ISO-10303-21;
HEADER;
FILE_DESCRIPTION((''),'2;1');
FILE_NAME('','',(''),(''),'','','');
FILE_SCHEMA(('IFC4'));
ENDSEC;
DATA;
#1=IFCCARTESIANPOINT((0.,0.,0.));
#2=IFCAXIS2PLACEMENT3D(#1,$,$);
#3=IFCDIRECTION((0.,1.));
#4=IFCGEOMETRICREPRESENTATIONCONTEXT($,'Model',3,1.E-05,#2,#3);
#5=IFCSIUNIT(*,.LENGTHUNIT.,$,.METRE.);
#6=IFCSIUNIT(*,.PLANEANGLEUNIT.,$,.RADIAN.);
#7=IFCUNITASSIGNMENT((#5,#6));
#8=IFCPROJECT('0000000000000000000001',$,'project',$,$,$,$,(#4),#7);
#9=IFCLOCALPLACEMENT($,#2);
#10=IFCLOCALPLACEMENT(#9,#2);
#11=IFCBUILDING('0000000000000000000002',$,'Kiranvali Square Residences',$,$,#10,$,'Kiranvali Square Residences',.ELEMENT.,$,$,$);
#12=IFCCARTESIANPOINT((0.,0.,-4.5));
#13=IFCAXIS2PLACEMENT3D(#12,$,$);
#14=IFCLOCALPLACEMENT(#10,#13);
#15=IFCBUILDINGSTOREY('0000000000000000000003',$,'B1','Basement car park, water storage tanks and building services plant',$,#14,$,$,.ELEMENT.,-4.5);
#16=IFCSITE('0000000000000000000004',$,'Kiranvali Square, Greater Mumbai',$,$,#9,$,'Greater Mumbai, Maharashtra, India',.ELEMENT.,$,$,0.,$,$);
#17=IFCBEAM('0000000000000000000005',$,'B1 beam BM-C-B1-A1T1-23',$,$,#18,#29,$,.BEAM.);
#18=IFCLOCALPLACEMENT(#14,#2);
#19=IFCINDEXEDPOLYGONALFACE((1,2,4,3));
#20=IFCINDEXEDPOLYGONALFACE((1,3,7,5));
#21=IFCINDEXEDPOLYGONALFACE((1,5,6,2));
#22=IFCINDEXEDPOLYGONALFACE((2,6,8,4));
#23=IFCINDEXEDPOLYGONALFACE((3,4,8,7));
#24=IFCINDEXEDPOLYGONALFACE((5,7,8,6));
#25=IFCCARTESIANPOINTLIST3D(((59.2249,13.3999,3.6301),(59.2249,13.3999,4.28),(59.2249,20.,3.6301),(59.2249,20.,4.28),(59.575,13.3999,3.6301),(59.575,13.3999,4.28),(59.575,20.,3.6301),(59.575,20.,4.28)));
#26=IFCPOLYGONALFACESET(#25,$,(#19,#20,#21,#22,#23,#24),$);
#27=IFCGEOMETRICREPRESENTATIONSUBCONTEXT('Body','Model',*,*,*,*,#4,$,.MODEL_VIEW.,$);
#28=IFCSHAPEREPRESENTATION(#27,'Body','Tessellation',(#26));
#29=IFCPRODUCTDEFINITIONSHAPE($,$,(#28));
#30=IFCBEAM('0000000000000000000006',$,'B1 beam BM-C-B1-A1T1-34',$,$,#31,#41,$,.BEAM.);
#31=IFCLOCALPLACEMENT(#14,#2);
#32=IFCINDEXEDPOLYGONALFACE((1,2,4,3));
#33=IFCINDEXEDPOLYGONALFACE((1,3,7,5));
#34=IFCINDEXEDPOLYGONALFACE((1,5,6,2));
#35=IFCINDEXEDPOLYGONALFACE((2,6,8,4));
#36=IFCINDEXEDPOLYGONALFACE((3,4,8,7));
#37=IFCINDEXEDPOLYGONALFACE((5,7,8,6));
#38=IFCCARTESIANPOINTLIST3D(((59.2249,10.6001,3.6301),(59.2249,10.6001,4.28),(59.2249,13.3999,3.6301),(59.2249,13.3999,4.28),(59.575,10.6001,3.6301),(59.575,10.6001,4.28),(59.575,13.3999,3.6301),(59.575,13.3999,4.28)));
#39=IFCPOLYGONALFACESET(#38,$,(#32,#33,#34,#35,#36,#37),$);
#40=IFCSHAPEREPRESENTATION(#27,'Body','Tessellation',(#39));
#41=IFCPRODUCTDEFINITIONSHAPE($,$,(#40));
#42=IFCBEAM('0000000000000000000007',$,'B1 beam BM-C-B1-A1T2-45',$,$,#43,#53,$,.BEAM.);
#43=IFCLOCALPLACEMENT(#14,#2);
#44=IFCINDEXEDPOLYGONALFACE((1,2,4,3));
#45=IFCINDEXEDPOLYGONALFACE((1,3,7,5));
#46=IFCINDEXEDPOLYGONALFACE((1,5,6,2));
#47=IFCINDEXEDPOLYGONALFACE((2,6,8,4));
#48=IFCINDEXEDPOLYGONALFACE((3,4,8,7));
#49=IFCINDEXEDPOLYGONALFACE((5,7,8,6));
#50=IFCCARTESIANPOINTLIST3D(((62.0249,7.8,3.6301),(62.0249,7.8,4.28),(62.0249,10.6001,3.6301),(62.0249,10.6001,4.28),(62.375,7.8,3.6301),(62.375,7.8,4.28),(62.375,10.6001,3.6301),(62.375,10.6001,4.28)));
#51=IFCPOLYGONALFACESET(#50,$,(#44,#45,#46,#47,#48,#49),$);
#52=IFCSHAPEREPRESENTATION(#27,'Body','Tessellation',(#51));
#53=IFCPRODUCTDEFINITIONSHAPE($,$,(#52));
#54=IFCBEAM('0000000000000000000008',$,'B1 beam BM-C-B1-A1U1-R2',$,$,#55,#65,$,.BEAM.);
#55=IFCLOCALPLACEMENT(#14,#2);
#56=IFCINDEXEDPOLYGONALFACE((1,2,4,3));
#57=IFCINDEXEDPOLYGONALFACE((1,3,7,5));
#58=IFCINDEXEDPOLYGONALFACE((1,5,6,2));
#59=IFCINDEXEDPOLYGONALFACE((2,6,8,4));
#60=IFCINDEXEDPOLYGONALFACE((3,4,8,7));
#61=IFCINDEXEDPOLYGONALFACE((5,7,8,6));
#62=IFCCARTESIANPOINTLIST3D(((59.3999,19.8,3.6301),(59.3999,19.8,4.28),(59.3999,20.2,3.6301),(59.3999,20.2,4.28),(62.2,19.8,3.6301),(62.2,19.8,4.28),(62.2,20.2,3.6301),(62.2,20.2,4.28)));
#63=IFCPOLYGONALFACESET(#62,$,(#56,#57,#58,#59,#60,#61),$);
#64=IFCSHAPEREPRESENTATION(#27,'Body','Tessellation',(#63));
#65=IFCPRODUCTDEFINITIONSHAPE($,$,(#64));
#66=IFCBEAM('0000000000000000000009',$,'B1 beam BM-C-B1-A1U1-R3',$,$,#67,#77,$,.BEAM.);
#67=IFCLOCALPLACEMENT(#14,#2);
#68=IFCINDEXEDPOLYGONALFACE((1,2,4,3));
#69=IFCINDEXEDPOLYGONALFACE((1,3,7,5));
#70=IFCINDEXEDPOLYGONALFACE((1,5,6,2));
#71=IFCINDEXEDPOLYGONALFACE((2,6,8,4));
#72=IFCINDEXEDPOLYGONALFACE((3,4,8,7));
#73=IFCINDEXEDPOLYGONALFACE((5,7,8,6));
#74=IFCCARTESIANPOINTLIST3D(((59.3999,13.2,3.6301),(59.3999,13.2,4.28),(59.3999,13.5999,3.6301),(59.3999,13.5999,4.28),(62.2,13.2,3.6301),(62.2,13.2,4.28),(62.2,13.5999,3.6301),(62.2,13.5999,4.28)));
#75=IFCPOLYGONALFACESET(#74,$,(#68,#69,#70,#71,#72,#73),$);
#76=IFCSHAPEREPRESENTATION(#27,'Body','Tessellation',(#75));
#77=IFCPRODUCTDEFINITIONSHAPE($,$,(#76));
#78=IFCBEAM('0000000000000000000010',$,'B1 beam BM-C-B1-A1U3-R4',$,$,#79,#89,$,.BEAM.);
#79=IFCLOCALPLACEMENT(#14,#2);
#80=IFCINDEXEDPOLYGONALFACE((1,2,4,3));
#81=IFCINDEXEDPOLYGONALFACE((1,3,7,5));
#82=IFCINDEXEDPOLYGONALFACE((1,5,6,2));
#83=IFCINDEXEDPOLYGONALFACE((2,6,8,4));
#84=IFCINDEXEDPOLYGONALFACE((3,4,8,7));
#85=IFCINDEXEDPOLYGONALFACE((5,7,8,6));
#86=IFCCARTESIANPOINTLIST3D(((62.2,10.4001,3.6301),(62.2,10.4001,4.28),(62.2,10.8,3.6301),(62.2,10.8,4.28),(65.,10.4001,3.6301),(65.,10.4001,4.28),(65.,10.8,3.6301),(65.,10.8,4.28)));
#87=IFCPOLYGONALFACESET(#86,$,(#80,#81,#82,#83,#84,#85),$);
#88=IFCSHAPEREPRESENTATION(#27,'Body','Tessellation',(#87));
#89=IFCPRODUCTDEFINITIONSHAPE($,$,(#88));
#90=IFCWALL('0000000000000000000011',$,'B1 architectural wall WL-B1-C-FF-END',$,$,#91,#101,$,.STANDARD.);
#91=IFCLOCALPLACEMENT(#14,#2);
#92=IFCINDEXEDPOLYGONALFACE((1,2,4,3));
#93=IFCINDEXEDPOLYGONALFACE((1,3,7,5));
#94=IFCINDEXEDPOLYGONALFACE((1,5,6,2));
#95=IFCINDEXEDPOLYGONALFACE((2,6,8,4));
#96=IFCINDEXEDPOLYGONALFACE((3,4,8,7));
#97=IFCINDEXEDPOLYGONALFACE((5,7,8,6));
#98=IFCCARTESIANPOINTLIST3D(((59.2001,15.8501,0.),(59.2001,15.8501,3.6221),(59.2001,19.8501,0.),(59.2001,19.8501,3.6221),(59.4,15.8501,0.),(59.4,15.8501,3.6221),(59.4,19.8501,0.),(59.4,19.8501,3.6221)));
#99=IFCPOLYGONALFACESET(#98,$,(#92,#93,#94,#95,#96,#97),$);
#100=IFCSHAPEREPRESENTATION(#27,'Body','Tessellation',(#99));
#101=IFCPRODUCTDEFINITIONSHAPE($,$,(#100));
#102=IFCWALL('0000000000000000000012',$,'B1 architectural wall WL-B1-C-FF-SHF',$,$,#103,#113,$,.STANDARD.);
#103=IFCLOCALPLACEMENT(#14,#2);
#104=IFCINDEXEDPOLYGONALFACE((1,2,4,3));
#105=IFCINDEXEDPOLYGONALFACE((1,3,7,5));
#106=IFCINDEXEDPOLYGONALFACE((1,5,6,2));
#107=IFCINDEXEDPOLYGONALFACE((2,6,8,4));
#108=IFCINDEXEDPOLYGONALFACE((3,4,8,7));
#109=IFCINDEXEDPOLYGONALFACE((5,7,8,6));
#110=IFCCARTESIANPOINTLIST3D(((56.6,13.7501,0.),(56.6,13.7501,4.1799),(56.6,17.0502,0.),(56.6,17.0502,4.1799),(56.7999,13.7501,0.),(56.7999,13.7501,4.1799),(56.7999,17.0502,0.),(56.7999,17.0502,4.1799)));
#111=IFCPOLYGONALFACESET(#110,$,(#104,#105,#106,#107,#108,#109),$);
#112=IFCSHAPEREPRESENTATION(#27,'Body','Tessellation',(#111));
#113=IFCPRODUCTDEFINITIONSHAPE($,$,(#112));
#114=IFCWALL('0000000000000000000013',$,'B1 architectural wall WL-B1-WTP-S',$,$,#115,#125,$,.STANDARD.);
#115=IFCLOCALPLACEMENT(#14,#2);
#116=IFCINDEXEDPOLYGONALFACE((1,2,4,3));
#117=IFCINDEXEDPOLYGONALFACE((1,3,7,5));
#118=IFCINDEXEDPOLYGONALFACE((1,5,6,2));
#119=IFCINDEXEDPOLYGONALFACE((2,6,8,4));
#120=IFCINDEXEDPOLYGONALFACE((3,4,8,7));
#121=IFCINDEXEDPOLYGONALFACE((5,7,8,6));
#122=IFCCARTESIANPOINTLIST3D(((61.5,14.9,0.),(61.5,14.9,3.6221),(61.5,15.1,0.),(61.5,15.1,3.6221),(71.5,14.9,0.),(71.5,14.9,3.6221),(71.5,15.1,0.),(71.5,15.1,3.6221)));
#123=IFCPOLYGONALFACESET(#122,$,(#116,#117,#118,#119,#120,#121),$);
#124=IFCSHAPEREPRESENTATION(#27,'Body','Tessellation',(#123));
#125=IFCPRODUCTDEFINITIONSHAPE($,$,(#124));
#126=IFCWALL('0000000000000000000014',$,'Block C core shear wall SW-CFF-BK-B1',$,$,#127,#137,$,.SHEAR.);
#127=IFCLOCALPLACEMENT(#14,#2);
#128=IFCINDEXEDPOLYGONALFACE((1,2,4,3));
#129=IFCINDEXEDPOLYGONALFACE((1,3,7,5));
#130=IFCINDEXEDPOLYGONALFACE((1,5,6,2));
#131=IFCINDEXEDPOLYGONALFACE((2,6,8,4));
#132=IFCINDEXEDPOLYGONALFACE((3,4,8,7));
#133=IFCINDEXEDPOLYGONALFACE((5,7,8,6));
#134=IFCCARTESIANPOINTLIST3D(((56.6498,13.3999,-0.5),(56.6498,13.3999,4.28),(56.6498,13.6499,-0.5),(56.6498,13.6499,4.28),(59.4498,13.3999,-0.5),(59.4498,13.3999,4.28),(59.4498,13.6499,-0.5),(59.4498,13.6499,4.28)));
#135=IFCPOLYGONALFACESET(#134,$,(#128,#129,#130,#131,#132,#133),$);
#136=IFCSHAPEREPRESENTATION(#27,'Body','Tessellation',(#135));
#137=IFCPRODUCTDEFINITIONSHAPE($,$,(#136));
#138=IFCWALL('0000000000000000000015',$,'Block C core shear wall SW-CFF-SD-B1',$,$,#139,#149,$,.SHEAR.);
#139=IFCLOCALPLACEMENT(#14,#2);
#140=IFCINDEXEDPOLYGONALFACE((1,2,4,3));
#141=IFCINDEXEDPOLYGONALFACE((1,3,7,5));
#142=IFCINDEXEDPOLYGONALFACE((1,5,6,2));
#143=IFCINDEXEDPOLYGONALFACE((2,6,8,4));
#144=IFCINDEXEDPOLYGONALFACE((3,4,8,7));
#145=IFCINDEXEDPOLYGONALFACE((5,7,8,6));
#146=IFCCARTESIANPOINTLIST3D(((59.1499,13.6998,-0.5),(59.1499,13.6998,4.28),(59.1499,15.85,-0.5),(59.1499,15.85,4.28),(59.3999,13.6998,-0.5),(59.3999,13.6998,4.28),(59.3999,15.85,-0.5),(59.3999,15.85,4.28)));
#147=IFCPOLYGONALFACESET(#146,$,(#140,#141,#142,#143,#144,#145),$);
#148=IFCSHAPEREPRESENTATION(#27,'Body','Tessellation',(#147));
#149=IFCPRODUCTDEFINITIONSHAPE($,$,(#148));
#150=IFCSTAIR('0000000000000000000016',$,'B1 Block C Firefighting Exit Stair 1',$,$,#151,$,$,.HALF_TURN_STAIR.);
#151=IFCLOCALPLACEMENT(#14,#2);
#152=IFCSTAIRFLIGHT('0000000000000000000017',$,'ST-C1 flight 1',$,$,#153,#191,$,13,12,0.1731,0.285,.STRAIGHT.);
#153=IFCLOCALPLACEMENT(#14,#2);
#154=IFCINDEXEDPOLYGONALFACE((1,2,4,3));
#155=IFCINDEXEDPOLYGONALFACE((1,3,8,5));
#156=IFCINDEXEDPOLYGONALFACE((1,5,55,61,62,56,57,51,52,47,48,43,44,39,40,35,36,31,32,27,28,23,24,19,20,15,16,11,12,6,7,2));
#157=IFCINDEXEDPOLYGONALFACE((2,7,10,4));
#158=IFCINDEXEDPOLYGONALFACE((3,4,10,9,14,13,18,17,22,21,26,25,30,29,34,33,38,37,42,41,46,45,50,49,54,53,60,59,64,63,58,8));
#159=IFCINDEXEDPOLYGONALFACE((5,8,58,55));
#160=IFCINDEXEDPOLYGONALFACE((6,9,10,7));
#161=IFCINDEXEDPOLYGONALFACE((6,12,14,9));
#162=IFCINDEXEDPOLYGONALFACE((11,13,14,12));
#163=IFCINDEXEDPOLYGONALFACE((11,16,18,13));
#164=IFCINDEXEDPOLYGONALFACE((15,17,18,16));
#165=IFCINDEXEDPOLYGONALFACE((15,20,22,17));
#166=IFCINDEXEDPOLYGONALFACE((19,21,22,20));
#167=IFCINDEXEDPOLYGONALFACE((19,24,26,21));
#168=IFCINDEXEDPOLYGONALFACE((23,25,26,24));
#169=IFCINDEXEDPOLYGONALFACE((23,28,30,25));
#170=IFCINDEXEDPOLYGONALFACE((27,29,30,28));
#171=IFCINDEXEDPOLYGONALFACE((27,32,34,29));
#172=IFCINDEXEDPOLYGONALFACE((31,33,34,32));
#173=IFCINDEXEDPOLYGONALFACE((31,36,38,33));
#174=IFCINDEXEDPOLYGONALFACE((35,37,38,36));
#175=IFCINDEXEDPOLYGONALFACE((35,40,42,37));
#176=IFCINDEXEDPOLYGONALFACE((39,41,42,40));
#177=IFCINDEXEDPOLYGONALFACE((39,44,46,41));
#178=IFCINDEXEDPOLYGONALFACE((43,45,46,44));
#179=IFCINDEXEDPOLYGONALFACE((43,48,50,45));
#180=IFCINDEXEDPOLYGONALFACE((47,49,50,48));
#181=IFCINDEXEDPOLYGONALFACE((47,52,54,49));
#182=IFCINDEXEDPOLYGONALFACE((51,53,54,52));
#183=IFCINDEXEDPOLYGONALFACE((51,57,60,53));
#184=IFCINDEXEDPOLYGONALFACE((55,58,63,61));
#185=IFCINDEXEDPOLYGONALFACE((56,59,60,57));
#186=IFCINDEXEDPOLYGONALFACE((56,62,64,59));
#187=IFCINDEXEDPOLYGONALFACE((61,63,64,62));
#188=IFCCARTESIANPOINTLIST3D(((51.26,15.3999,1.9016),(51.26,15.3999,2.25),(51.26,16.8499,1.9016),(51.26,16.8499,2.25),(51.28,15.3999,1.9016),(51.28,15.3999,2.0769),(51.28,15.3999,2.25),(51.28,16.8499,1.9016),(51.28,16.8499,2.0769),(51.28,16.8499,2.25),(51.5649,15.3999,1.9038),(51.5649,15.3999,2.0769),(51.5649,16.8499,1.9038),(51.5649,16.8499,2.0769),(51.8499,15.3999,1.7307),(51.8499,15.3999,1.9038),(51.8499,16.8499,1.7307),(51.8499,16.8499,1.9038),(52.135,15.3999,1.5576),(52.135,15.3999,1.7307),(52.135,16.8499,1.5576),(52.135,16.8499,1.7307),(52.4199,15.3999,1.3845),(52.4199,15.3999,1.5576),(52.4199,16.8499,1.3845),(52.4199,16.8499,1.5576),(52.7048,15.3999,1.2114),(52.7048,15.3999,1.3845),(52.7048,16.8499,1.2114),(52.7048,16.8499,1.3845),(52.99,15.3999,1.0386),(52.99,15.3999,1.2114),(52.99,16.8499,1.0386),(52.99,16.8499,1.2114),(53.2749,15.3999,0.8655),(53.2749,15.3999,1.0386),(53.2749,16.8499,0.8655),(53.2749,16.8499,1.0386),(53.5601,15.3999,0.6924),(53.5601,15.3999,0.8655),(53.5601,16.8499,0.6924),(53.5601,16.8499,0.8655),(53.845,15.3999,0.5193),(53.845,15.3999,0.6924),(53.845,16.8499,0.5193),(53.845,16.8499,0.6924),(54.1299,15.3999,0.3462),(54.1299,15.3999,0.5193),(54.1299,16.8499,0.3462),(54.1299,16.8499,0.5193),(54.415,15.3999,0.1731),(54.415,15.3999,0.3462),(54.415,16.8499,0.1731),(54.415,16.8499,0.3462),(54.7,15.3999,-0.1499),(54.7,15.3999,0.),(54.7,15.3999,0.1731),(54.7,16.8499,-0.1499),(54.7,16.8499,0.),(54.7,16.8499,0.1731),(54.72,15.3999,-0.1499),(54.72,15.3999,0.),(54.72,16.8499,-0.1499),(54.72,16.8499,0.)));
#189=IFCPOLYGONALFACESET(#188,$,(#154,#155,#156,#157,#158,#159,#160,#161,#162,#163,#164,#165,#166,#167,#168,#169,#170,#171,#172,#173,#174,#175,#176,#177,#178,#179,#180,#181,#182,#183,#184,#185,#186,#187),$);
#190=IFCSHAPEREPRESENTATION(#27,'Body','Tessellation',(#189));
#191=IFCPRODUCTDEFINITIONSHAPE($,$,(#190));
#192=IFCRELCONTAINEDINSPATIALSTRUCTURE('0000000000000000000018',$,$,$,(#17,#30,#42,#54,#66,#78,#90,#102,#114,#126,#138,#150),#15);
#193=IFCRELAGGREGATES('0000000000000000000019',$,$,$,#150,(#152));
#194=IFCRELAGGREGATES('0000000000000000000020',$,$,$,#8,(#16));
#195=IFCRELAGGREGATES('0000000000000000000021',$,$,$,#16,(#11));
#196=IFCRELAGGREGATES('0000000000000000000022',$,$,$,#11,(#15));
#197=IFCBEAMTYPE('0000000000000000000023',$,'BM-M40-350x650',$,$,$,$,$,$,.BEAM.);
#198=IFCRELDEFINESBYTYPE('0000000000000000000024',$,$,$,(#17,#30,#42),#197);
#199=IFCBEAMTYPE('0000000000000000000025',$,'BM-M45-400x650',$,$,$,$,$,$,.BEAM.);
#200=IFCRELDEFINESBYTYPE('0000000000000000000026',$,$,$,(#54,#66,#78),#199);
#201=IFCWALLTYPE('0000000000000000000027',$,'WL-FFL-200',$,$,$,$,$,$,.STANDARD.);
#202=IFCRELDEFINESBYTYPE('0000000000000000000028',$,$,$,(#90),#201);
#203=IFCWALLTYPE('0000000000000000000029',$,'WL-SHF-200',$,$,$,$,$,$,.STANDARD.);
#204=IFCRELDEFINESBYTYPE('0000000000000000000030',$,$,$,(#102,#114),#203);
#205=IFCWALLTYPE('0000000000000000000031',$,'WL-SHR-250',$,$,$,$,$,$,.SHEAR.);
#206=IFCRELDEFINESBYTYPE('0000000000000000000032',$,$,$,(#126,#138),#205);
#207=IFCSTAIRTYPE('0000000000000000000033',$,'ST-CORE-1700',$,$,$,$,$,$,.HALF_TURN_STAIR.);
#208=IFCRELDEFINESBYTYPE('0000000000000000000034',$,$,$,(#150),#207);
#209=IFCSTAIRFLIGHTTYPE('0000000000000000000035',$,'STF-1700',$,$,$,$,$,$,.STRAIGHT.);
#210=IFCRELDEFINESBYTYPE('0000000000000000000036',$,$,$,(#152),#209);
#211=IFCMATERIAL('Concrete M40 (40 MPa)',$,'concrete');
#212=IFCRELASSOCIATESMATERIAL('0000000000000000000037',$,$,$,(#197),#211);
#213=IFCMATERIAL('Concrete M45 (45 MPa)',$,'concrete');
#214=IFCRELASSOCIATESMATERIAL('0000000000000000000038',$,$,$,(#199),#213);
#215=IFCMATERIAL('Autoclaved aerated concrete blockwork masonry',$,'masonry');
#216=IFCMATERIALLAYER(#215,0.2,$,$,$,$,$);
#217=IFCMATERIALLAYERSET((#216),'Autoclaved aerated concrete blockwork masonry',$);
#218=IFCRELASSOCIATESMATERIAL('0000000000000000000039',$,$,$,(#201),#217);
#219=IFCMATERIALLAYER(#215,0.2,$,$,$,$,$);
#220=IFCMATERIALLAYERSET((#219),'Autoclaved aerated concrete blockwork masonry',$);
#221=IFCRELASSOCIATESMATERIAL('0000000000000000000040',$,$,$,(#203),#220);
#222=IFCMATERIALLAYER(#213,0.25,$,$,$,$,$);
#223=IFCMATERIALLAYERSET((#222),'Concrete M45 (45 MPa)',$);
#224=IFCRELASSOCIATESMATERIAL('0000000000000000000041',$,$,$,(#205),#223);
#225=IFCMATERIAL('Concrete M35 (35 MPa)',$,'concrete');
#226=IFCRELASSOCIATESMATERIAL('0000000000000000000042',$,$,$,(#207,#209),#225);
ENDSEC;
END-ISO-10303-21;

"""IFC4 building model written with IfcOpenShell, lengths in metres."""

from ifc_helpers import new_model, si_unit, direction, frame, frame_2d, origin, origin_2d, place, context, subcontext, project, spatial, polyline, rectangle, outline, extrude, material, layer, layer_set, material_profile, profile_set, type_object, element, aggregate, save


model = new_model("IFC4")

# Units and contexts
model_context = context("Model", 3, precision=1e-05, world=origin(), true_north=direction((0.0, 1.0)))
body_context = subcontext(model_context, "Body", "Model", "MODEL_VIEW")
ifc_project = project(units=[si_unit("LENGTHUNIT", "METRE"), si_unit("PLANEANGLEUNIT", "RADIAN")], contexts=[model_context])

# Site, building, storey
site_placement = place(None, origin())
site = spatial("IfcSite", under=ifc_project, at=site_placement, Name="Kiranvali Square, Greater Mumbai", LongName="Greater Mumbai, Maharashtra, India", CompositionType="ELEMENT", RefElevation=0.0)
building_placement = place(site_placement, origin())
building = spatial("IfcBuilding", under=site, at=building_placement, Name="Kiranvali Square Residences", LongName="Kiranvali Square Residences", CompositionType="ELEMENT")
storey_placement = place(building_placement, frame((0.0, 0.0, -4.5)))
storey = spatial("IfcBuildingStorey", under=building, at=storey_placement, Name="B1", Description="Basement car park, water storage tanks and building services plant", CompositionType="ELEMENT", Elevation=-4.5)

# Shared definitions
ifc_material_1 = material(Name="Concrete M40 (40 MPa)", Category="concrete")

# Shared definitions
ifc_material_2 = material(Name="Concrete M45 (45 MPa)", Category="concrete")

# Beams
ifc_material_profile_1 = material_profile(ifc_material_1, rectangle(XDim=0.3501, YDim=0.6499, at=origin_2d()), Name="RC 350x650")
ifc_profile_set_1 = profile_set([ifc_material_profile_1], Name="Concrete M40 (40 MPa)")
beam_type_1 = type_object("IfcBeamType", Name="BM-M40-350x650", PredefinedType="BEAM", material=ifc_profile_set_1)
beam_1_placement = place(storey_placement, frame((59.3999, 20.0, 3.9551), z_axis=(0.0, -1.0, 0.0), x_axis=(1.0, 0.0, 0.0)))
element("IfcBeam", 1, at=beam_1_placement, inside=storey, type_object=beam_type_1, Name="B1 beam BM-C-B1-A1T1-23", PredefinedType="BEAM", context=body_context, shape_type="SweptSolid", body=[
    extrude(rectangle(XDim=0.3501, YDim=0.6499, at=origin_2d()), origin(), (0.0, 0.0, 1.0), 6.6001),
])
beam_2_placement = place(storey_placement, frame((59.3999, 13.3999, 3.9551), z_axis=(0.0, -1.0, 0.0), x_axis=(1.0, 0.0, 0.0)))
element("IfcBeam", 2, at=beam_2_placement, inside=storey, type_object=beam_type_1, Name="B1 beam BM-C-B1-A1T1-34", PredefinedType="BEAM", context=body_context, shape_type="SweptSolid", body=[
    extrude(rectangle(XDim=0.3501, YDim=0.6499, at=origin_2d()), origin(), (0.0, 0.0, 1.0), 2.7998),
])
beam_3_placement = place(storey_placement, frame((62.2, 10.6001, 3.9551), z_axis=(0.0, -1.0, 0.0), x_axis=(1.0, 0.0, 0.0)))
element("IfcBeam", 3, at=beam_3_placement, inside=storey, type_object=beam_type_1, Name="B1 beam BM-C-B1-A1T2-45", PredefinedType="BEAM", context=body_context, shape_type="SweptSolid", body=[
    extrude(rectangle(XDim=0.3501, YDim=0.6499, at=origin_2d()), origin(), (0.0, 0.0, 1.0), 2.8),
])
ifc_material_profile_2 = material_profile(ifc_material_2, rectangle(XDim=0.3999, YDim=0.6499, at=origin_2d()), Name="RC 400x650")
ifc_profile_set_2 = profile_set([ifc_material_profile_2], Name="Concrete M45 (45 MPa)")
beam_type_2 = type_object("IfcBeamType", Name="BM-M45-400x650", PredefinedType="BEAM", material=ifc_profile_set_2)
for number, where, z_axis, x_axis, name in (
    (4, (59.3999, 20.0, 3.9551), (1.0, 0.0, 0.0), (0.0, 1.0, 0.0), "B1 beam BM-C-B1-A1U1-R2"),
    (5, (59.3999, 13.3999, 3.9551), (1.0, 0.0, 0.0), (0.0, 1.0, 0.0), "B1 beam BM-C-B1-A1U1-R3"),
    (6, (62.2, 10.6001, 3.9551), (1.0, 0.0, 0.0), (0.0, 1.0, 0.0), "B1 beam BM-C-B1-A1U3-R4"),
):
    element("IfcBeam", number, at=place(storey_placement, frame(where, z_axis=z_axis, x_axis=x_axis)), inside=storey, type_object=beam_type_2, Name=name, PredefinedType="BEAM", context=body_context, shape_type="SweptSolid", body=[
        extrude(rectangle(XDim=0.3999, YDim=0.6499, at=origin_2d()), origin(), (0.0, 0.0, 1.0), 2.8),
    ])

# Wall
ifc_material_3 = material(Name="Autoclaved aerated concrete blockwork masonry", Category="masonry")
ifc_layer_1 = layer(ifc_material_3, 0.2)
ifc_layer_set_1 = layer_set([ifc_layer_1], Name="Autoclaved aerated concrete blockwork masonry")
wall_type_1 = type_object("IfcWallType", Name="WL-FFL-200", PredefinedType="STANDARD", material=ifc_layer_set_1)
wall_1_placement = place(storey_placement, frame((59.3, 19.8501, 0.0), z_axis=(0.0, 0.0, 1.0), x_axis=(0.0, -1.0, 0.0)))
element("IfcWall", 7, at=wall_1_placement, inside=storey, type_object=wall_type_1, Name="B1 architectural wall WL-B1-C-FF-END", PredefinedType="STANDARD", context=body_context, shape_type="SweptSolid", body=[
    extrude(rectangle(XDim=4.0, YDim=0.2, at=frame_2d((2.0, 0.0))), origin(), (0.0, 0.0, 1.0), 3.6221),
])

# Walls
ifc_layer_2 = layer(ifc_material_3, 0.2)
ifc_layer_set_2 = layer_set([ifc_layer_2], Name="Autoclaved aerated concrete blockwork masonry")
wall_type_2 = type_object("IfcWallType", Name="WL-SHF-200", PredefinedType="STANDARD", material=ifc_layer_set_2)
wall_2_placement = place(storey_placement, frame((56.7, 17.05, 0.0), z_axis=(0.0, 0.0, 1.0), x_axis=(0.0, -1.0, 0.0)))
element("IfcWall", 8, at=wall_2_placement, inside=storey, type_object=wall_type_2, Name="B1 architectural wall WL-B1-C-FF-SHF", PredefinedType="STANDARD", context=body_context, shape_type="SweptSolid", body=[
    extrude(rectangle(XDim=3.3, YDim=0.2, at=frame_2d((1.6499, 0.0))), origin(), (0.0, 0.0, 1.0), 4.1799),
])
wall_3_placement = place(storey_placement, frame((61.5, 15.0, 0.0), z_axis=(0.0, 0.0, 1.0), x_axis=(1.0, 0.0, 0.0)))
element("IfcWall", 9, at=wall_3_placement, inside=storey, type_object=wall_type_2, Name="B1 architectural wall WL-B1-WTP-S", PredefinedType="STANDARD", context=body_context, shape_type="SweptSolid", body=[
    extrude(rectangle(XDim=10.0, YDim=0.2, at=frame_2d((5.0, 0.0))), origin(), (0.0, 0.0, 1.0), 3.6221),
])
ifc_layer_3 = layer(ifc_material_2, 0.25)
ifc_layer_set_3 = layer_set([ifc_layer_3], Name="Concrete M45 (45 MPa)")
wall_type_3 = type_object("IfcWallType", Name="WL-SHR-250", PredefinedType="SHEAR", material=ifc_layer_set_3)
wall_4_placement = place(storey_placement, frame((56.6499, 13.5249, -0.5), z_axis=(0.0, 0.0, 1.0), x_axis=(1.0, 0.0, 0.0)))
element("IfcWall", 10, at=wall_4_placement, inside=storey, type_object=wall_type_3, Name="Block C core shear wall SW-CFF-BK-B1", PredefinedType="SHEAR", context=body_context, shape_type="SweptSolid", body=[
    extrude(rectangle(XDim=2.8, YDim=0.25, at=frame_2d((1.3999, 0.0))), origin(), (0.0, 0.0, 1.0), 4.78),
])
wall_5_placement = place(storey_placement, frame((59.2749, 15.8501, -0.5), z_axis=(0.0, 0.0, 1.0), x_axis=(0.0, -1.0, 0.0)))
element("IfcWall", 11, at=wall_5_placement, inside=storey, type_object=wall_type_3, Name="Block C core shear wall SW-CFF-SD-B1", PredefinedType="SHEAR", context=body_context, shape_type="SweptSolid", body=[
    extrude(rectangle(XDim=2.1501, YDim=0.25, at=frame_2d((1.0752, 0.0))), origin(), (0.0, 0.0, 1.0), 4.78),
])

# Stair, stair flight
ifc_material_4 = material(Name="Concrete M35 (35 MPa)", Category="concrete")
stair_type = type_object("IfcStairType", Name="ST-CORE-1700", PredefinedType="HALF_TURN_STAIR", material=ifc_material_4)
stair_placement = place(storey_placement, origin())
stair = element("IfcStair", 12, at=stair_placement, inside=storey, type_object=stair_type, Name="B1 Block C Firefighting Exit Stair 1", PredefinedType="HALF_TURN_STAIR")
stair_flight_type = type_object("IfcStairFlightType", Name="STF-1700", PredefinedType="STRAIGHT", material=ifc_material_4)
stair_flight_placement = place(storey_placement, frame((54.7, 16.125, 0.0), z_axis=(0.0, 0.0, 1.0), x_axis=(-1.0, 0.0, 0.0)))
stair_flight = element("IfcStairFlight", 13, at=stair_flight_placement, type_object=stair_flight_type, Name="ST-C1 flight 1", NumberOfRisers=13, NumberOfTreads=12, PredefinedType="STRAIGHT", RiserHeight=0.1731, TreadLength=0.285, context=body_context, shape_type="SweptSolid", body=[
    extrude(outline(polyline([(-0.02, -0.1499), (-0.02, 0.0), (0.0, 0.0), (0.0, 0.1731), (0.2849, 0.1731), (0.2849, 0.3462), (0.5701, 0.3462), (0.5701, 0.5193), (0.855, 0.5193), (0.855, 0.6924), (1.1399, 0.6924), (1.1399, 0.8655), (1.425, 0.8655), (1.425, 1.0386), (1.71, 1.0386), (1.71, 1.2114), (1.9951, 1.2114), (1.9951, 1.3845), (2.28, 1.3845), (2.28, 1.5576), (2.5649, 1.5576), (2.5649, 1.7307), (2.8501, 1.7307), (2.8501, 1.9038), (3.135, 1.9038), (3.135, 2.0769), (3.4199, 2.0769), (3.4199, 2.25), (3.4399, 2.25), (3.4399, 1.9016), (3.4199, 1.9016), (0.0, -0.1499), (-0.02, -0.1499)])), frame((0.0, 0.7251, 0.0), z_axis=(0.0, -1.0, 0.0), x_axis=(1.0, 0.0, 0.0)), (0.0, 0.0, 1.0), 1.45),
])
aggregate(stair, [stair_flight])

save(model, "model.ifc")
